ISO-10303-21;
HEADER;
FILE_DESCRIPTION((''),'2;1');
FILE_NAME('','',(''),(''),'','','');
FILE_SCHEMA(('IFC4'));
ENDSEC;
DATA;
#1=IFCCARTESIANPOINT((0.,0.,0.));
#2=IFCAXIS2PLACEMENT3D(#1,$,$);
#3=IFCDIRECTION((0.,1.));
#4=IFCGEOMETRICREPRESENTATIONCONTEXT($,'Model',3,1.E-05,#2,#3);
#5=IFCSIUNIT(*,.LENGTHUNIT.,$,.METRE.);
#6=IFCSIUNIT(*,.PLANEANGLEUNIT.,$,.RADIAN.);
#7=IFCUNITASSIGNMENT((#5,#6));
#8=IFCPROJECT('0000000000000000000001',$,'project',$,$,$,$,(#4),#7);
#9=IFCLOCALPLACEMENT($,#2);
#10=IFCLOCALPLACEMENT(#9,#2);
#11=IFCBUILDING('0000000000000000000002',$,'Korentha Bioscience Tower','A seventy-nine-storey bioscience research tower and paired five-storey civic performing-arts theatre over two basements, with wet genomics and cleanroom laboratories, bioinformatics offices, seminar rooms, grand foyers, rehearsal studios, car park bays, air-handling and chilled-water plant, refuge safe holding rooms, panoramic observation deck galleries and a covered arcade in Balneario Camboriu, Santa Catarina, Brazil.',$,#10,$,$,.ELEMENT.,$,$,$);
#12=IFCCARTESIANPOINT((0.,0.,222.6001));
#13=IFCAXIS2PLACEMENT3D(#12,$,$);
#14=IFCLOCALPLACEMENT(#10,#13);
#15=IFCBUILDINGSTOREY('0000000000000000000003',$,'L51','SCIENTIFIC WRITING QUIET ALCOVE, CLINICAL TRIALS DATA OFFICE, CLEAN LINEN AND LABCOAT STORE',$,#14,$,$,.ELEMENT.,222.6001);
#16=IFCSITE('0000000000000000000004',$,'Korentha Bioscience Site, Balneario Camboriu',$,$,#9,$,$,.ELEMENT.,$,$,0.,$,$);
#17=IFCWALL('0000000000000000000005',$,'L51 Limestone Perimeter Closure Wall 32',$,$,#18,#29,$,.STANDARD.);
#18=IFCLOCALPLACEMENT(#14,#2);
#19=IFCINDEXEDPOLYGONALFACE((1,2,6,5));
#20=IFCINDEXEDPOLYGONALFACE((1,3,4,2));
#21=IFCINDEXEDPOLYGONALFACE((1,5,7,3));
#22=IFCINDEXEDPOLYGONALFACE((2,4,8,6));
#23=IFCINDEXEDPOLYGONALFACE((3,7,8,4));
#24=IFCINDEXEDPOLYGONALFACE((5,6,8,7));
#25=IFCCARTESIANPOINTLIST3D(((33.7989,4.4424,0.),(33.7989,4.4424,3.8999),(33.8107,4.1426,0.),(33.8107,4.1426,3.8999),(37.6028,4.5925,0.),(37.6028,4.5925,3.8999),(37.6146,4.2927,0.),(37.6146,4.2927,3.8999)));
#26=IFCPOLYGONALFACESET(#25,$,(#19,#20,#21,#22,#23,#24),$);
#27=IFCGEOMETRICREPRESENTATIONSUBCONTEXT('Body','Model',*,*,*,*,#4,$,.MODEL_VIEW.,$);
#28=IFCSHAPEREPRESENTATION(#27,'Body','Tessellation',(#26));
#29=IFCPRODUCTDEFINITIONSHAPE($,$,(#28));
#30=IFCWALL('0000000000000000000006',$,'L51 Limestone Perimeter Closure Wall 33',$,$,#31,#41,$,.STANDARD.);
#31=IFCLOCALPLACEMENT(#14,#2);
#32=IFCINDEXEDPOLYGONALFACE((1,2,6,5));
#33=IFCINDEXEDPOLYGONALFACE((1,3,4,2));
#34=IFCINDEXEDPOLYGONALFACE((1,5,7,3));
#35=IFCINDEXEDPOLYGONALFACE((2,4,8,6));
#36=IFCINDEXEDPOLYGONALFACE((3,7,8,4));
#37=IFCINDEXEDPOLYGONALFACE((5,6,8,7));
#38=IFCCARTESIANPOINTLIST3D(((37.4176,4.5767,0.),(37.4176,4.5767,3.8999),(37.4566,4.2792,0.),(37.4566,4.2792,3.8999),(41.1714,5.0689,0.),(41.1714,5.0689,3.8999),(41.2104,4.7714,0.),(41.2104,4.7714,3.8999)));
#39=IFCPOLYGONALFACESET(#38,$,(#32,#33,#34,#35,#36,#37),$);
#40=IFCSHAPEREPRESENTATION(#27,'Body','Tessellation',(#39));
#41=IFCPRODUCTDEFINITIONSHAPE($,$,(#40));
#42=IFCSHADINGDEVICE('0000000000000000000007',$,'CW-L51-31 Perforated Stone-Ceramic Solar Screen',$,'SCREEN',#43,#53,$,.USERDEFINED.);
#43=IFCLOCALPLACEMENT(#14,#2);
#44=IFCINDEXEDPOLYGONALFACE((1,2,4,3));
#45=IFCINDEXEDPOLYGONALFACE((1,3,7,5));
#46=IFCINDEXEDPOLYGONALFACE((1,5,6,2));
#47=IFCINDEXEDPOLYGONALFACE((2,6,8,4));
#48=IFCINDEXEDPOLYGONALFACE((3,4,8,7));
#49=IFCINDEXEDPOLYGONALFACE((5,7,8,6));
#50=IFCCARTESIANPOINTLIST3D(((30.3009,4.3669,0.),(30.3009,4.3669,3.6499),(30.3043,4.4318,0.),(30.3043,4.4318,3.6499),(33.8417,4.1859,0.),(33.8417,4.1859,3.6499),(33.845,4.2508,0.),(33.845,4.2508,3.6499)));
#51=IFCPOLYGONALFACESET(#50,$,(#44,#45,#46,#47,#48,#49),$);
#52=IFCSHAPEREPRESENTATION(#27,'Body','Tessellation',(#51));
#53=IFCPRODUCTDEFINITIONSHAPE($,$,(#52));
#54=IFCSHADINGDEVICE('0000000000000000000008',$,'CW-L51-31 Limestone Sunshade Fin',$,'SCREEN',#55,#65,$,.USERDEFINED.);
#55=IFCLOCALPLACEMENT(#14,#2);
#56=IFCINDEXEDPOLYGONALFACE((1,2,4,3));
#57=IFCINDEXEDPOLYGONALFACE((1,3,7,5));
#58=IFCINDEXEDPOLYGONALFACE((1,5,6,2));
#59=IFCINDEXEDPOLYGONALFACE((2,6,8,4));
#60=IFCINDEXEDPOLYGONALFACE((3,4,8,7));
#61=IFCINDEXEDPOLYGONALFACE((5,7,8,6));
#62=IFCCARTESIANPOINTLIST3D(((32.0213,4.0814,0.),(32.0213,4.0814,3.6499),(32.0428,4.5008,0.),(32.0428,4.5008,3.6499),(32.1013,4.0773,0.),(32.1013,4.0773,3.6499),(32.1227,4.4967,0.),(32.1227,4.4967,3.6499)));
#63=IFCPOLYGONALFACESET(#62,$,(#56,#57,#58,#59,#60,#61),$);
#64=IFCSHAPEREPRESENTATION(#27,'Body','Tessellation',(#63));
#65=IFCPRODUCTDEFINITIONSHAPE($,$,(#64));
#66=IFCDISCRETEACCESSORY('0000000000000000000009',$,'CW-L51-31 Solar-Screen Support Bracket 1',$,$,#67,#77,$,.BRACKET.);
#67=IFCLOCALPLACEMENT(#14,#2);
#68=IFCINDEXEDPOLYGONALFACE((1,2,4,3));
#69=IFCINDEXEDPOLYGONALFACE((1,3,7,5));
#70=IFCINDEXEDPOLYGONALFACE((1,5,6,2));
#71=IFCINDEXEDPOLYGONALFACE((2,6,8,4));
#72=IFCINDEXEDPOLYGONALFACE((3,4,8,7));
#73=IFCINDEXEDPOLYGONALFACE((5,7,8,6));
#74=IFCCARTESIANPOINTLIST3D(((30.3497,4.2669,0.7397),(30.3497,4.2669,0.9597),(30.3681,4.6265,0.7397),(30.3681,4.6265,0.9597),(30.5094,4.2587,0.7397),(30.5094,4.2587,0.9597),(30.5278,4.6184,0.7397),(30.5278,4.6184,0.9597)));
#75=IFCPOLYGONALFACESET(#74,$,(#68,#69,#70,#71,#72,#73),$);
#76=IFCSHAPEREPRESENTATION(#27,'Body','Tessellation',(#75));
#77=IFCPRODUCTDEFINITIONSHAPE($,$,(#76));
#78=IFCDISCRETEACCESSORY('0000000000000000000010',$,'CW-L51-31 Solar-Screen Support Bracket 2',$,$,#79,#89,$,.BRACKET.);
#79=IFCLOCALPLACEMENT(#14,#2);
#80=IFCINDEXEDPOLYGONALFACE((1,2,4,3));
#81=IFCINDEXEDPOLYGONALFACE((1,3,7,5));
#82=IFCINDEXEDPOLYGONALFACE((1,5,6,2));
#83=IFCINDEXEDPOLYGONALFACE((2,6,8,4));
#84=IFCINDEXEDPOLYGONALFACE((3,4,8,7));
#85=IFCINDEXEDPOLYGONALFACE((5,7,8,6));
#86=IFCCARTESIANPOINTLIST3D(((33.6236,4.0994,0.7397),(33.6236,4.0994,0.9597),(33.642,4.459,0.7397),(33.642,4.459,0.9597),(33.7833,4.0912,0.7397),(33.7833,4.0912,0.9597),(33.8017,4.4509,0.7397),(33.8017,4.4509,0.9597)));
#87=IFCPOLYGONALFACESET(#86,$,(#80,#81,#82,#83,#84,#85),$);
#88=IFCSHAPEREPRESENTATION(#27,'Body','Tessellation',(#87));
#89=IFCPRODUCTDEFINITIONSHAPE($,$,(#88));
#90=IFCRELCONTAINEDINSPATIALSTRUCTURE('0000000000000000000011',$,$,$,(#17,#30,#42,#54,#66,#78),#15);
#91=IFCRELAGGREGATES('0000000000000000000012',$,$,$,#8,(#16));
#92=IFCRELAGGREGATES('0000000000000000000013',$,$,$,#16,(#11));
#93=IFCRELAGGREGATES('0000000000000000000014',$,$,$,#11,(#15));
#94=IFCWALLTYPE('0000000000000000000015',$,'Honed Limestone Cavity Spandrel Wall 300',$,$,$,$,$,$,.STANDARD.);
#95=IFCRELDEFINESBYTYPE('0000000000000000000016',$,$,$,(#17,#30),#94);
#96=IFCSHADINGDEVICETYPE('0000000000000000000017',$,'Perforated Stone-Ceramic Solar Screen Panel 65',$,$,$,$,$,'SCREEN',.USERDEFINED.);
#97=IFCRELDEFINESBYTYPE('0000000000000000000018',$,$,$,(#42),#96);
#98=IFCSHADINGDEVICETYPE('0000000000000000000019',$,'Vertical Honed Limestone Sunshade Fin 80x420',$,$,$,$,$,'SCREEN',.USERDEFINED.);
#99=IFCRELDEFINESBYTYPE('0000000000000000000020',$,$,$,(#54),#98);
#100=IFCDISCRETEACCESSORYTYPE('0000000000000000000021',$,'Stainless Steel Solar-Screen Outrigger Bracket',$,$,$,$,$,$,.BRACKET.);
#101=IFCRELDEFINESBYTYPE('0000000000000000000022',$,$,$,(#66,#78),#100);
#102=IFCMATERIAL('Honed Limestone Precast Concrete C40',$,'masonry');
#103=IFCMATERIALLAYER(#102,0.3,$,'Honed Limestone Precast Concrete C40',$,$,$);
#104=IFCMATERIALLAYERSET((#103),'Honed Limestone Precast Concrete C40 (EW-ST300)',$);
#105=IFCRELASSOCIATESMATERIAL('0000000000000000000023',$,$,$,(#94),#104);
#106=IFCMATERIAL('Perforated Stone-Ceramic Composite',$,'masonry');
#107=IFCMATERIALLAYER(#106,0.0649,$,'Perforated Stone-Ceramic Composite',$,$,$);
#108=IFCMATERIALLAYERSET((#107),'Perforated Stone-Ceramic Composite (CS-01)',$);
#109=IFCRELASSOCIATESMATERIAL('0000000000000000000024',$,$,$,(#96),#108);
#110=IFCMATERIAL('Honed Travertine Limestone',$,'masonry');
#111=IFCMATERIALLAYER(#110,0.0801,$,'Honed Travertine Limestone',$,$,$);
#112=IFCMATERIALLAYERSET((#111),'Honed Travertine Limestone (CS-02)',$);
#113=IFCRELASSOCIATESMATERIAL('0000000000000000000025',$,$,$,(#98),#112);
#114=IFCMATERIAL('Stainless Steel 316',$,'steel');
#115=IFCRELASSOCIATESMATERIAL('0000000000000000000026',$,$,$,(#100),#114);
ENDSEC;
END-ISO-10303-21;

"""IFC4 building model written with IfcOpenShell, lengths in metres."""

from ifc_helpers import new_model, si_unit, direction, frame, frame_2d, origin, origin_2d, place, context, subcontext, project, spatial, rectangle, extrude, material, layer, layer_set, type_object, element, save


model = new_model("IFC4")

# Units and contexts
model_context = context("Model", 3, precision=1e-05, world=origin(), true_north=direction((0.0, 1.0)))
body_context = subcontext(model_context, "Body", "Model", "MODEL_VIEW")
ifc_project = project(units=[si_unit("LENGTHUNIT", "METRE"), si_unit("PLANEANGLEUNIT", "RADIAN")], contexts=[model_context])

# Site, building, storey
site_placement = place(None, origin())
site = spatial("IfcSite", under=ifc_project, at=site_placement, Name="Korentha Bioscience Site, Balneario Camboriu", CompositionType="ELEMENT", RefElevation=0.0)
building_placement = place(site_placement, origin())
building = spatial("IfcBuilding", under=site, at=building_placement, Name="Korentha Bioscience Tower", Description="A seventy-nine-storey bioscience research tower and paired five-storey civic performing-arts theatre over two basements, with wet genomics and cleanroom laboratories, bioinformatics offices, seminar rooms, grand foyers, rehearsal studios, car park bays, air-handling and chilled-water plant, refuge safe holding rooms, panoramic observation deck galleries and a covered arcade in Balneario Camboriu, Santa Catarina, Brazil.", CompositionType="ELEMENT")
storey_placement = place(building_placement, frame((0.0, 0.0, 222.6001)))
storey = spatial("IfcBuildingStorey", under=building, at=storey_placement, Name="L51", Description="SCIENTIFIC WRITING QUIET ALCOVE, CLINICAL TRIALS DATA OFFICE, CLEAN LINEN AND LABCOAT STORE", CompositionType="ELEMENT", Elevation=222.6001)

# Walls
ifc_material_1 = material(Name="Honed Limestone Precast Concrete C40", Category="masonry")
ifc_layer_1 = layer(ifc_material_1, 0.3, Name="Honed Limestone Precast Concrete C40")
ifc_layer_set_1 = layer_set([ifc_layer_1], Name="Honed Limestone Precast Concrete C40 (EW-ST300)")
wall_type_1 = type_object("IfcWallType", Name="Honed Limestone Cavity Spandrel Wall 300", PredefinedType="STANDARD", material=ifc_layer_set_1)
wall_1_placement = place(storey_placement, frame((33.8049, 4.2925, 0.0), z_axis=(0.0, 0.0, 1.0), x_axis=(0.999222, 0.03944, 0.0)))
element("IfcWall", 1, at=wall_1_placement, inside=storey, type_object=wall_type_1, Name="L51 Limestone Perimeter Closure Wall 32", PredefinedType="STANDARD", context=body_context, shape_type="SweptSolid", body=[
    extrude(rectangle(XDim=3.8069, YDim=0.3, at=frame_2d((1.9033, 0.0))), origin(), (0.0, 0.0, 1.0), 3.8999),
])
wall_2_placement = place(storey_placement, frame((37.437, 4.428, 0.0), z_axis=(0.0, 0.0, 1.0), x_axis=(0.991513, 0.130009, 0.0)))
element("IfcWall", 2, at=wall_2_placement, inside=storey, type_object=wall_type_1, Name="L51 Limestone Perimeter Closure Wall 33", PredefinedType="STANDARD", context=body_context, shape_type="SweptSolid", body=[
    extrude(rectangle(XDim=3.7859, YDim=0.3, at=frame_2d((1.8931, 0.0))), origin(), (0.0, 0.0, 1.0), 3.8999),
])

# Shading devices
ifc_material_2 = material(Name="Perforated Stone-Ceramic Composite", Category="masonry")
ifc_layer_2 = layer(ifc_material_2, 0.0649, Name="Perforated Stone-Ceramic Composite")
ifc_layer_set_2 = layer_set([ifc_layer_2], Name="Perforated Stone-Ceramic Composite (CS-01)")
shading_device_type_1 = type_object("IfcShadingDeviceType", Name="Perforated Stone-Ceramic Solar Screen Panel 65", ElementType="SCREEN", PredefinedType="USERDEFINED", material=ifc_layer_set_2)
shading_device_1_placement = place(storey_placement, frame((32.073, 4.3088, 0.0), z_axis=(0.0, 0.0, 1.0), x_axis=(0.998696, -0.051055, 0.0)))
element("IfcShadingDevice", 3, at=shading_device_1_placement, inside=storey, type_object=shading_device_type_1, Name="CW-L51-31 Perforated Stone-Ceramic Solar Screen", ObjectType="SCREEN", PredefinedType="USERDEFINED", context=body_context, shape_type="SweptSolid", body=[
    extrude(rectangle(XDim=3.5454, YDim=0.0649, at=origin_2d()), origin(), (0.0, 0.0, 1.0), 3.6499),
])
ifc_material_3 = material(Name="Honed Travertine Limestone", Category="masonry")
ifc_layer_3 = layer(ifc_material_3, 0.0801, Name="Honed Travertine Limestone")
ifc_layer_set_3 = layer_set([ifc_layer_3], Name="Honed Travertine Limestone (CS-02)")
shading_device_type_2 = type_object("IfcShadingDeviceType", Name="Vertical Honed Limestone Sunshade Fin 80x420", ElementType="SCREEN", PredefinedType="USERDEFINED", material=ifc_layer_set_3)
shading_device_2_placement = place(storey_placement, frame((32.072, 4.2891, 0.0), z_axis=(0.0, 0.0, 1.0), x_axis=(0.998696, -0.051055, 0.0)))
element("IfcShadingDevice", 4, at=shading_device_2_placement, inside=storey, type_object=shading_device_type_2, Name="CW-L51-31 Limestone Sunshade Fin", ObjectType="SCREEN", PredefinedType="USERDEFINED", context=body_context, shape_type="SweptSolid", body=[
    extrude(rectangle(XDim=0.0801, YDim=0.4199, at=origin_2d()), origin(), (0.0, 0.0, 1.0), 3.6499),
])

# Discrete accessories
ifc_material_4 = material(Name="Stainless Steel 316", Category="steel")
discrete_accessory_type = type_object("IfcDiscreteAccessoryType", Name="Stainless Steel Solar-Screen Outrigger Bracket", PredefinedType="BRACKET", material=ifc_material_4)
for number, where, z_axis, x_axis, name in (
    (5, (30.4387, 4.4426, 0.7397), (0.0, 0.0, 1.0), (0.998696, -0.051055, 0.0), "CW-L51-31 Solar-Screen Support Bracket 1"),
    (6, (33.7126, 4.2751, 0.7397), (0.0, 0.0, 1.0), (0.998696, -0.051055, 0.0), "CW-L51-31 Solar-Screen Support Bracket 2"),
):
    element("IfcDiscreteAccessory", number, at=place(storey_placement, frame(where, z_axis=z_axis, x_axis=x_axis)), inside=storey, type_object=discrete_accessory_type, Name=name, PredefinedType="BRACKET", context=body_context, shape_type="SweptSolid", body=[
        extrude(rectangle(XDim=0.1599, YDim=0.3601, at=origin_2d()), origin(), (0.0, 0.0, 1.0), 0.22),
    ])

save(model, "model.ifc")
